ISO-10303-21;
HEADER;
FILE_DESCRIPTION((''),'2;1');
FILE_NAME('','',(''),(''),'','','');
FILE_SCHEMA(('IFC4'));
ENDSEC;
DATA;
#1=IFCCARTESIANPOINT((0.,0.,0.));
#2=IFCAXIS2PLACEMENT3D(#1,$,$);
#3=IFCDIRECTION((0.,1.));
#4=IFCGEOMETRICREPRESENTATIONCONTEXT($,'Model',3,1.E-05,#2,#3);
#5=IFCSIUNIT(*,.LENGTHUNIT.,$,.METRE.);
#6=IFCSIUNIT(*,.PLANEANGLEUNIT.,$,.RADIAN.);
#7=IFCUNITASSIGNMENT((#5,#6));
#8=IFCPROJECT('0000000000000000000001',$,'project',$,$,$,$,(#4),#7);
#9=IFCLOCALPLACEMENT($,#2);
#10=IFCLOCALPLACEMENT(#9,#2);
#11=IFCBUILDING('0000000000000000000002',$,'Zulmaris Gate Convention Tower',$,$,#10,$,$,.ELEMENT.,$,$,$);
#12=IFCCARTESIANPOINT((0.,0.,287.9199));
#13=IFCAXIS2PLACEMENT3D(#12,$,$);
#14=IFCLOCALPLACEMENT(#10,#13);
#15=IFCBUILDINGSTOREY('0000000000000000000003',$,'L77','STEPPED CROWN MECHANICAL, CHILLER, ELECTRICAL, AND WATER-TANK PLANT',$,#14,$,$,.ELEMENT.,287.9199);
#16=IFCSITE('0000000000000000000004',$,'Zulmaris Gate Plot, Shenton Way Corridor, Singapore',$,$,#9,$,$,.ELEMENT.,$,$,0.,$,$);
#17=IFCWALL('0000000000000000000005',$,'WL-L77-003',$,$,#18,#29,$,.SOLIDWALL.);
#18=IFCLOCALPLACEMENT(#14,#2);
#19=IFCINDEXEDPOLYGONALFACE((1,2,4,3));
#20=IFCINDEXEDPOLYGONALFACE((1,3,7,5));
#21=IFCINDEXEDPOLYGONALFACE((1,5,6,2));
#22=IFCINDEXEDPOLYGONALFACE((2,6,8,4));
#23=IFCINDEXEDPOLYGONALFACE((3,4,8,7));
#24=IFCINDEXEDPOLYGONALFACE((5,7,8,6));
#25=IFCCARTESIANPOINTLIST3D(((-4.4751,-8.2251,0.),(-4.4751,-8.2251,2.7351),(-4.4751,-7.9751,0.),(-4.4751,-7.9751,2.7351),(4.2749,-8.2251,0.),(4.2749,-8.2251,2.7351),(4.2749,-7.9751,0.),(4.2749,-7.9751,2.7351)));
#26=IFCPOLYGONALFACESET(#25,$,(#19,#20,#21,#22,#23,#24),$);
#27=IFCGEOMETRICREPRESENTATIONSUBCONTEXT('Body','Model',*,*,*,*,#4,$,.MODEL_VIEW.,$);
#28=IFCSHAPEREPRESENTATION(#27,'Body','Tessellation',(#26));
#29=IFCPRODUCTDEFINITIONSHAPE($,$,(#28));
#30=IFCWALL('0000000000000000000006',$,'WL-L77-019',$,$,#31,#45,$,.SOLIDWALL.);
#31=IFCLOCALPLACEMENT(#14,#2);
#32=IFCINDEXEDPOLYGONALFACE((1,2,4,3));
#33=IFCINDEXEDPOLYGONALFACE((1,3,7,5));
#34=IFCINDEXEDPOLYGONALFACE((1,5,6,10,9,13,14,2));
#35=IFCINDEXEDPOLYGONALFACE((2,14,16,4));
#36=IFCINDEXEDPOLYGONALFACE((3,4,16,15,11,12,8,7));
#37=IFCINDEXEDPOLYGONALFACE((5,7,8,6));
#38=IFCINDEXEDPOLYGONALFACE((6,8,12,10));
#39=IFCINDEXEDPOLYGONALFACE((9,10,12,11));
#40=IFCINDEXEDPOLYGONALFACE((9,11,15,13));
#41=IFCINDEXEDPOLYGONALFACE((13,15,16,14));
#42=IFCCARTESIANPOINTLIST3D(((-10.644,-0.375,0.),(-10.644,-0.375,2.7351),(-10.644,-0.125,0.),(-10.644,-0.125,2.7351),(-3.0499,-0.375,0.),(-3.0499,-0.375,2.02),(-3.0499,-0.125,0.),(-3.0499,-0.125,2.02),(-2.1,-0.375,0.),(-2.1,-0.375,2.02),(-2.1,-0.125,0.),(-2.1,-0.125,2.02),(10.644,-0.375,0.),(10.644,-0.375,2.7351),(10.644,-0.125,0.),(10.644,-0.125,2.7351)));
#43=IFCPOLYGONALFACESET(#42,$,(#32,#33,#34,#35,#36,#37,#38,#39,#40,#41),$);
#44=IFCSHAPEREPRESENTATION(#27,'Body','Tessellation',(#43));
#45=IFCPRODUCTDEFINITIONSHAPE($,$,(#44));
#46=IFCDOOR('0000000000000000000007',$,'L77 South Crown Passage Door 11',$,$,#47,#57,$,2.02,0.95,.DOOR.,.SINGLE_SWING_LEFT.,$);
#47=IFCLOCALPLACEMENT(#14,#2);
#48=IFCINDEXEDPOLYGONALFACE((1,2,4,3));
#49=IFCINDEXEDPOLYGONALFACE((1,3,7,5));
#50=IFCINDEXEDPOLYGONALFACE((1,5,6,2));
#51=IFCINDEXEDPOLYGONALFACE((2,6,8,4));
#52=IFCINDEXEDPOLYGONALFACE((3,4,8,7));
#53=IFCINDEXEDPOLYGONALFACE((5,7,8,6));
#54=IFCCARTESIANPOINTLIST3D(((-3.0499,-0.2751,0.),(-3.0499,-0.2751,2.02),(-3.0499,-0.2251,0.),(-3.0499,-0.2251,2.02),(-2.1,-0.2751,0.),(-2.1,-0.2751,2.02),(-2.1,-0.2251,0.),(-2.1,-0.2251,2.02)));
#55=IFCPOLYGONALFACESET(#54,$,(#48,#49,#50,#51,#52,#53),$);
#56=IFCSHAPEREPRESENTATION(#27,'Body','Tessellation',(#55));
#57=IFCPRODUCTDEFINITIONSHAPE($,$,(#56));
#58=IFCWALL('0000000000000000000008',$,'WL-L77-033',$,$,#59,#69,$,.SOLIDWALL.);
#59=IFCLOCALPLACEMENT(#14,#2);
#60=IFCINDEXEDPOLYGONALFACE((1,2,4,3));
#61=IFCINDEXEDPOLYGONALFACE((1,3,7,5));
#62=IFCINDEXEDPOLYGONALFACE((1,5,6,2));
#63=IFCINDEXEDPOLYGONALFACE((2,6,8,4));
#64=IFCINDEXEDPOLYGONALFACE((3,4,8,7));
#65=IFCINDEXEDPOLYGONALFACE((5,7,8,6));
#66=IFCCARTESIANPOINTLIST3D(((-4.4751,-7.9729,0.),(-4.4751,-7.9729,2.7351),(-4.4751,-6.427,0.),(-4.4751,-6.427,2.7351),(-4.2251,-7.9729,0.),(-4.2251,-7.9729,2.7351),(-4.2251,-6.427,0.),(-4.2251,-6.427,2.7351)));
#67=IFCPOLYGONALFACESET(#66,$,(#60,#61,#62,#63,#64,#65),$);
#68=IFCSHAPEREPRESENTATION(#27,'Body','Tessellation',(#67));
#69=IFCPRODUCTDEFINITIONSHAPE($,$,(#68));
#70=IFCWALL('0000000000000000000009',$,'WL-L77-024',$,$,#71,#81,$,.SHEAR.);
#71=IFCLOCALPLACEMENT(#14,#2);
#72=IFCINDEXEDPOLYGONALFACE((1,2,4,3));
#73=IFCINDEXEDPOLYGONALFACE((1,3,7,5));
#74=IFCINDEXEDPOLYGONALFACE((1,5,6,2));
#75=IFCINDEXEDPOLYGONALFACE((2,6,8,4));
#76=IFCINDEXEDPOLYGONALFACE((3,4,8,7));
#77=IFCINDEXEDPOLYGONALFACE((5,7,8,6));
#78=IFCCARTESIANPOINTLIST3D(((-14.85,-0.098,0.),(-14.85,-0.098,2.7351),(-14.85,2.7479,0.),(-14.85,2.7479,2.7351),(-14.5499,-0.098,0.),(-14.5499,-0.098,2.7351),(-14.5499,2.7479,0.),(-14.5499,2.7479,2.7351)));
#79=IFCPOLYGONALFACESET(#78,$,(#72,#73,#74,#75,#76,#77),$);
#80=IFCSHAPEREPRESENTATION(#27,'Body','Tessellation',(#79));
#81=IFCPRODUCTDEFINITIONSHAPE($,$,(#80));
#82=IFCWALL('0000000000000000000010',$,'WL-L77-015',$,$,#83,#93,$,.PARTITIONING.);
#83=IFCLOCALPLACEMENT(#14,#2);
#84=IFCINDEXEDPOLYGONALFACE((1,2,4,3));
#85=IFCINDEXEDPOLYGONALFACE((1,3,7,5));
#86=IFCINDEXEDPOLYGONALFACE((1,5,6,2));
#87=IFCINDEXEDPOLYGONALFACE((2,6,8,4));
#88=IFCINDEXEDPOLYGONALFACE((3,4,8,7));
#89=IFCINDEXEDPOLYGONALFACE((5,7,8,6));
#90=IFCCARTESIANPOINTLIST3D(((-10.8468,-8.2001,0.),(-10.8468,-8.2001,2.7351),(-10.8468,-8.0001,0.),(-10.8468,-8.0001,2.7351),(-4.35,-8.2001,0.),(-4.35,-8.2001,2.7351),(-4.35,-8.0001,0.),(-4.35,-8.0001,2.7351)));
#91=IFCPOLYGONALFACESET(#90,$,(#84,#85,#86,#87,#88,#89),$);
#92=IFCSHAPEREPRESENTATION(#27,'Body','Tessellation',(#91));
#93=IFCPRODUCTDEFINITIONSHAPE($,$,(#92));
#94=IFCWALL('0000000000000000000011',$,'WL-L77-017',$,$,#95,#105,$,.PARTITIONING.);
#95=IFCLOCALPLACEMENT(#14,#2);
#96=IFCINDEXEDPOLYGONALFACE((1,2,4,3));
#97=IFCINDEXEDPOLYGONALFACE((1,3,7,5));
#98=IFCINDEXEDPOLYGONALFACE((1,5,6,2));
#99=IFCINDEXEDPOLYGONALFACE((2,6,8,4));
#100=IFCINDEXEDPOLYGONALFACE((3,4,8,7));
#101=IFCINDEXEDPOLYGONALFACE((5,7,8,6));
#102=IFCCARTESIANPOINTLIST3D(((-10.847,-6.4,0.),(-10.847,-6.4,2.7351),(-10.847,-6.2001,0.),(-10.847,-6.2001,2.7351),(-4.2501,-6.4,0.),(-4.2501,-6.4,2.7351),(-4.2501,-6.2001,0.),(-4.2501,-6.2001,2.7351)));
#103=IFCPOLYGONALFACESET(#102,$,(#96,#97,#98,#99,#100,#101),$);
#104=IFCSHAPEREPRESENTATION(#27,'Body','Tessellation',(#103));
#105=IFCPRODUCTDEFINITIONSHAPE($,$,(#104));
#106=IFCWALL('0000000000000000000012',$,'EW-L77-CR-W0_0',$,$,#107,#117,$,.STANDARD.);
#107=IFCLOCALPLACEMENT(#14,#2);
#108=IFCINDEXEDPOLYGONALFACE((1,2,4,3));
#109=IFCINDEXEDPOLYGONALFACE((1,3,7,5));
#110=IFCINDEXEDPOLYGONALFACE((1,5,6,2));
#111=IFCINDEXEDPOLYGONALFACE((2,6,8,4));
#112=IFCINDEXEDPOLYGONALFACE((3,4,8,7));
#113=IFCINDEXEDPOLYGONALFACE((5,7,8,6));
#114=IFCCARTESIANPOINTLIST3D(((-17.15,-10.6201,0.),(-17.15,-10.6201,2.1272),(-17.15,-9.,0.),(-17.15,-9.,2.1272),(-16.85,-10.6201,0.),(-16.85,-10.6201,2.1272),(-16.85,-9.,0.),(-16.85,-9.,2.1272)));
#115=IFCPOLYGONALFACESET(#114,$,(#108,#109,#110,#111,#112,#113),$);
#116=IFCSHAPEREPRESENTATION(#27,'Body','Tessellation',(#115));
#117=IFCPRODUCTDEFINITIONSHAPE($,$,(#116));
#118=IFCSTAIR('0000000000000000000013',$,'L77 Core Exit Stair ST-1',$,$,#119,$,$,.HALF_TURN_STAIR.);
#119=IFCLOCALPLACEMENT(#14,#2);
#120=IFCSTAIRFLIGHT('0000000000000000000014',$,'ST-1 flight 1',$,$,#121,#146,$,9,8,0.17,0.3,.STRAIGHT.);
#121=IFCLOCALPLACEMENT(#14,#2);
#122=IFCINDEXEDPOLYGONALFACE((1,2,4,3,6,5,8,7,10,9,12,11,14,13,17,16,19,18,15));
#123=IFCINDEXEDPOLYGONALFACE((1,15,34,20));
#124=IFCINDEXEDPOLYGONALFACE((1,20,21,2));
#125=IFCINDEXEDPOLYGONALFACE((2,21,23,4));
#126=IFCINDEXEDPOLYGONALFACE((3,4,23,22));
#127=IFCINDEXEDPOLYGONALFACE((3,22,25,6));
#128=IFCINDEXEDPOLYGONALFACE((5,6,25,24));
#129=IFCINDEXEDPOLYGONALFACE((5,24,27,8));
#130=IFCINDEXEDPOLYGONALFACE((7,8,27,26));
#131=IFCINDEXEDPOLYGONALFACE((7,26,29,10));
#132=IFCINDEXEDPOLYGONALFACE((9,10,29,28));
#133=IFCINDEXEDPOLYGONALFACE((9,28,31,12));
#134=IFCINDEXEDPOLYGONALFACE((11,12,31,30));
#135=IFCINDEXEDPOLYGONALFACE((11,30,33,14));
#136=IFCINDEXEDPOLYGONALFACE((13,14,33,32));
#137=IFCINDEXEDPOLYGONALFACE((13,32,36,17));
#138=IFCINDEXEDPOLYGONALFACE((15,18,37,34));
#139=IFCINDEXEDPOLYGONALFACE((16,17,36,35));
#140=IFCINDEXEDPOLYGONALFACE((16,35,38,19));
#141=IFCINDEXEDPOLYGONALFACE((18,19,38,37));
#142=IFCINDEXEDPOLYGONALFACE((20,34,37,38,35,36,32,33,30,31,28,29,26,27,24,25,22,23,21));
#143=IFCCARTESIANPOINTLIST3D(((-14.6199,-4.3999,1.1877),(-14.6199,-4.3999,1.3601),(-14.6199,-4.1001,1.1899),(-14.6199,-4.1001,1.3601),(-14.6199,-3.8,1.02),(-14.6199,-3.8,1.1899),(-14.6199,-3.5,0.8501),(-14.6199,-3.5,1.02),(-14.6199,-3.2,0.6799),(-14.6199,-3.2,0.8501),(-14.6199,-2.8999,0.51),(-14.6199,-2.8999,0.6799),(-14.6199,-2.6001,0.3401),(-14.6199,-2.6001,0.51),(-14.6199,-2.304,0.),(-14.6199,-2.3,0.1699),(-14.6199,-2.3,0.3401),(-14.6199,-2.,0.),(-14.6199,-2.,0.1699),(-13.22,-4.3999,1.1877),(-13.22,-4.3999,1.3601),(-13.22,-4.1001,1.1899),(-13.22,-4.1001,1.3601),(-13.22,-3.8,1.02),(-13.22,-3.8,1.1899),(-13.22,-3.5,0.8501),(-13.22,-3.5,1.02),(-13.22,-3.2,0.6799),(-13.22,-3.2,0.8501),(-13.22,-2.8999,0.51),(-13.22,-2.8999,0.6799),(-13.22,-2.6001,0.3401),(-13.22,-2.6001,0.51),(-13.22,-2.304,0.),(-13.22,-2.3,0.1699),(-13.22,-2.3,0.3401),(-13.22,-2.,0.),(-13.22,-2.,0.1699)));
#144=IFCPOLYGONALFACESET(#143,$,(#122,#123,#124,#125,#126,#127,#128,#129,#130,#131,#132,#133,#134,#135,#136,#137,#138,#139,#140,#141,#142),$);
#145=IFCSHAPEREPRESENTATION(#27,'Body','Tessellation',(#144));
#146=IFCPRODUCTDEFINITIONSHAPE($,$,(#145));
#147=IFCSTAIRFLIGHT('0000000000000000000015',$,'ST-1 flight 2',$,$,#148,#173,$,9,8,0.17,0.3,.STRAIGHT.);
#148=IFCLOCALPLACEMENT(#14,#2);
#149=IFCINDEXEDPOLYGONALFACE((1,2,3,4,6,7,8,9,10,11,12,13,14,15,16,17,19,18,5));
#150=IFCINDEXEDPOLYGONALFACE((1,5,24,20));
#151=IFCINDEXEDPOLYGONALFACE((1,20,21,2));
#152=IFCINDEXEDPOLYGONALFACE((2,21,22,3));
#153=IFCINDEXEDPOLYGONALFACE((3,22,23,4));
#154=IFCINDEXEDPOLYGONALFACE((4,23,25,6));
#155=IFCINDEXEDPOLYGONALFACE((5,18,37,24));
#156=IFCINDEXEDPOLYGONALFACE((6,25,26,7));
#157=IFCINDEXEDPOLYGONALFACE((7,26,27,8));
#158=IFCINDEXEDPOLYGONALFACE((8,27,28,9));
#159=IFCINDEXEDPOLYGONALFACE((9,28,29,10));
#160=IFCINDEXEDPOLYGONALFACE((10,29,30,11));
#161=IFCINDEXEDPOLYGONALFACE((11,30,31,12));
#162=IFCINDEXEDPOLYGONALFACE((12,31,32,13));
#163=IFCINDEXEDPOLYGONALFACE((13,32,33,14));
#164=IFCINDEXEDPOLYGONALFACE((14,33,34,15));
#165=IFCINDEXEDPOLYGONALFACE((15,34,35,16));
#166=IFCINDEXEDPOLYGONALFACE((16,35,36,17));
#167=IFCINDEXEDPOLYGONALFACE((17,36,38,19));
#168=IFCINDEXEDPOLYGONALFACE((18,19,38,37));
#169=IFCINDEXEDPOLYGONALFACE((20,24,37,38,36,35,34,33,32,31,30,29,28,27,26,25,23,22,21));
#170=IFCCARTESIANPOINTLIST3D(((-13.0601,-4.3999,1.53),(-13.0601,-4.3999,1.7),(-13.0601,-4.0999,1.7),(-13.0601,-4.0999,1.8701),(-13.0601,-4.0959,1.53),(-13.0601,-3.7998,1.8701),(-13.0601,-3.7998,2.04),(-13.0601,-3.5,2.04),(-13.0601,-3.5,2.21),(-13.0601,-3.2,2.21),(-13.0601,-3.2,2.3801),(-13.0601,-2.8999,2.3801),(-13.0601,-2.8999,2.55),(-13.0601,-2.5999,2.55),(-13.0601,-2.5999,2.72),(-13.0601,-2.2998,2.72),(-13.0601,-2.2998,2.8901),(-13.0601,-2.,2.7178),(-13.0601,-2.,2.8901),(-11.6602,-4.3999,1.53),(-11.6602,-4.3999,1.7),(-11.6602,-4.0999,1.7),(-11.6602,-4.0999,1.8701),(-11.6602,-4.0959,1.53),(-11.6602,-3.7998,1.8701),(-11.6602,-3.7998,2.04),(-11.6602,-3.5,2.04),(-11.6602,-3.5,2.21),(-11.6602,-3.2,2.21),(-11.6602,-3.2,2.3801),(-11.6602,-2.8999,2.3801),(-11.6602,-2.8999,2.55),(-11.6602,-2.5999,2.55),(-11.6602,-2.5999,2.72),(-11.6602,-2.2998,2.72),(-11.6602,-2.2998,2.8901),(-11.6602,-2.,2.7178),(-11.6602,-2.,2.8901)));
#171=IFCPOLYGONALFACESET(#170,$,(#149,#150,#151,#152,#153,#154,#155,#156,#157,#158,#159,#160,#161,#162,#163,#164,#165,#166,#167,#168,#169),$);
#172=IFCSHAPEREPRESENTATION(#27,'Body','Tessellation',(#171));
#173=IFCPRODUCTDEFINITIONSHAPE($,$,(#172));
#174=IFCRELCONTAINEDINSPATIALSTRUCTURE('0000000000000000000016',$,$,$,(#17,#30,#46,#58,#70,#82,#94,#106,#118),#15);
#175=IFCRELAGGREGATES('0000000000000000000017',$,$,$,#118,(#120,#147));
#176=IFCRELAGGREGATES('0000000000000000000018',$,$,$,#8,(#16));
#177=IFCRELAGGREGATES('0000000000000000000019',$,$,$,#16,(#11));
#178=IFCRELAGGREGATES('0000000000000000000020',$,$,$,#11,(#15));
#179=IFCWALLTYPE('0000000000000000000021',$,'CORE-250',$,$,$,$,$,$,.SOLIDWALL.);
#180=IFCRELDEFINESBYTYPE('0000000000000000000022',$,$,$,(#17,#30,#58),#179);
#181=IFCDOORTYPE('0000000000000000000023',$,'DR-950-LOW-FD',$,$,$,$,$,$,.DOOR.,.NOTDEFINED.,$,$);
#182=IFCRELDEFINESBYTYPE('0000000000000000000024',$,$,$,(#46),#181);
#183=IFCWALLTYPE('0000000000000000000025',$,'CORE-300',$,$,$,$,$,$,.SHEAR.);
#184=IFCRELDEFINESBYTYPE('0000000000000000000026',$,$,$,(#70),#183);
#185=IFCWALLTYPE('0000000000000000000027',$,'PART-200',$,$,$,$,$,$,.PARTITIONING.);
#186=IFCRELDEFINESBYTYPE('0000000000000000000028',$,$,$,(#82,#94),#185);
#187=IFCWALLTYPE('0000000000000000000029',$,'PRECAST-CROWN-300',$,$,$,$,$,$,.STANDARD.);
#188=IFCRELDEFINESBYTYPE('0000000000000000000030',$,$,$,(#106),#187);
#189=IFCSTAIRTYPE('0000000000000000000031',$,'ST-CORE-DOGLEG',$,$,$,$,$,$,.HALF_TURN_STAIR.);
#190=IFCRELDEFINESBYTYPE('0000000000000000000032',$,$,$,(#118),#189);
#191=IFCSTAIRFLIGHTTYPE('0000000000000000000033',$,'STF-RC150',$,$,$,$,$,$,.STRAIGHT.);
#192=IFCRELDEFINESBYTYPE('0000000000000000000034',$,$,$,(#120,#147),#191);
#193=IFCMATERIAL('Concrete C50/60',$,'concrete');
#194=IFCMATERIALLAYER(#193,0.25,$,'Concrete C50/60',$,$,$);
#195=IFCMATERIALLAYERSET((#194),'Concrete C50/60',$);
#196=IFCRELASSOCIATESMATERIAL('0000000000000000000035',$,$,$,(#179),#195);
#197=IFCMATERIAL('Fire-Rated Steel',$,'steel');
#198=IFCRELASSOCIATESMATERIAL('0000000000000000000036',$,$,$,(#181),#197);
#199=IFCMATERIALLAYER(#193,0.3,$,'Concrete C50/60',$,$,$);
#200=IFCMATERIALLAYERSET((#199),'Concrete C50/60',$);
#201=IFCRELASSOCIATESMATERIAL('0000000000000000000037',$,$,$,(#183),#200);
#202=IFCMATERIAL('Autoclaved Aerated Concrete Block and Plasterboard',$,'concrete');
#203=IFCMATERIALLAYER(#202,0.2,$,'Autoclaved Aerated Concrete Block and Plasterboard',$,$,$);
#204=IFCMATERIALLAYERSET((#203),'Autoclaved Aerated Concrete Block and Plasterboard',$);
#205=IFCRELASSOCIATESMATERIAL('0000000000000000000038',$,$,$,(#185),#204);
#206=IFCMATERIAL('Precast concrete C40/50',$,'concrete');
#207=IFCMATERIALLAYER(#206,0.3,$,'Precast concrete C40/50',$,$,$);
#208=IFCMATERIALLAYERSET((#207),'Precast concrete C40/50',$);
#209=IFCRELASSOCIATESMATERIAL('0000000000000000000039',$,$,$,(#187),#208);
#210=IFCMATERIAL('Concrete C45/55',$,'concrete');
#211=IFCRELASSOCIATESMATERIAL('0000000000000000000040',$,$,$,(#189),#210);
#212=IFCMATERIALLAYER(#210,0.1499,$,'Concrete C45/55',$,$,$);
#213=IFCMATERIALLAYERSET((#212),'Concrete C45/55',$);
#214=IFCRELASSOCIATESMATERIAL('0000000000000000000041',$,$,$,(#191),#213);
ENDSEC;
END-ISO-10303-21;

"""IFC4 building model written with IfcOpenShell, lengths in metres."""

from ifc_helpers import new_model, si_unit, direction, frame, frame_2d, origin, place, context, subcontext, project, spatial, polyline, rectangle, outline, extrude, material, layer, layer_set, type_object, element, fill, aggregate, save


model = new_model("IFC4")

# Units and contexts
model_context = context("Model", 3, precision=1e-05, world=origin(), true_north=direction((0.0, 1.0)))
body_context = subcontext(model_context, "Body", "Model", "MODEL_VIEW")
ifc_project = project(units=[si_unit("LENGTHUNIT", "METRE"), si_unit("PLANEANGLEUNIT", "RADIAN")], contexts=[model_context])

# Site, building, storey
site_placement = place(None, origin())
site = spatial("IfcSite", under=ifc_project, at=site_placement, Name="Zulmaris Gate Plot, Shenton Way Corridor, Singapore", CompositionType="ELEMENT", RefElevation=0.0)
building_placement = place(site_placement, origin())
building = spatial("IfcBuilding", under=site, at=building_placement, Name="Zulmaris Gate Convention Tower", CompositionType="ELEMENT")
storey_placement = place(building_placement, frame((0.0, 0.0, 287.9199)))
storey = spatial("IfcBuildingStorey", under=building, at=storey_placement, Name="L77", Description="STEPPED CROWN MECHANICAL, CHILLER, ELECTRICAL, AND WATER-TANK PLANT", CompositionType="ELEMENT", Elevation=287.9199)

# Wall
ifc_material_1 = material(Name="Concrete C50/60", Category="concrete")
ifc_layer_1 = layer(ifc_material_1, 0.25, Name="Concrete C50/60")
ifc_layer_set_1 = layer_set([ifc_layer_1], Name="Concrete C50/60")
wall_type_1 = type_object("IfcWallType", Name="CORE-250", PredefinedType="SOLIDWALL", material=ifc_layer_set_1)
wall_1_placement = place(storey_placement, frame((-4.4751, -8.1001, 0.0), z_axis=(0.0, 0.0, 1.0), x_axis=(1.0, 0.0, 0.0)))
element("IfcWall", 1, at=wall_1_placement, inside=storey, type_object=wall_type_1, Name="WL-L77-003", PredefinedType="SOLIDWALL", context=body_context, shape_type="SweptSolid", body=[
    extrude(rectangle(XDim=8.75, YDim=0.25, at=frame_2d((4.375, 0.0))), origin(), (0.0, 0.0, 1.0), 2.7351),
])

# Wall, opening, door
ifc_material_2 = material(Name="Fire-Rated Steel", Category="steel")
wall_2_placement = place(storey_placement, frame((-10.644, -0.25, 0.0), z_axis=(0.0, 0.0, 1.0), x_axis=(1.0, 0.0, 0.0)))
wall_2 = element("IfcWall", 2, at=wall_2_placement, inside=storey, type_object=wall_type_1, Name="WL-L77-019", PredefinedType="SOLIDWALL", context=body_context, shape_type="SweptSolid", body=[
    extrude(rectangle(XDim=21.2881, YDim=0.25, at=frame_2d((10.644, 0.0))), origin(), (0.0, 0.0, 1.0), 2.7351),
])
opening_1_placement = place(wall_2_placement, frame((7.594, 0.0, 0.0)))
opening_1 = element("IfcOpeningElement", 3, at=opening_1_placement, cuts=wall_2, PredefinedType="OPENING", context=body_context, shape_type="SweptSolid", body=[
    extrude(rectangle(XDim=0.95, YDim=2.02, at=frame_2d((0.4751, 1.01))), frame((0.0, 0.135, 0.0), z_axis=(0.0, -1.0, 0.0), x_axis=(1.0, 0.0, 0.0)), (0.0, 0.0, 1.0), 0.27),
])
door_type_1 = type_object("IfcDoorType", Name="DR-950-LOW-FD", OperationType="NOTDEFINED", PredefinedType="DOOR", material=ifc_material_2)
door_1_placement = place(opening_1_placement, origin())
door_1 = element("IfcDoor", 4, at=door_1_placement, inside=storey, type_object=door_type_1, Name="L77 South Crown Passage Door 11", OperationType="SINGLE_SWING_LEFT", OverallHeight=2.02, OverallWidth=0.95, PredefinedType="DOOR", context=body_context, shape_type="SweptSolid", body=[
    extrude(rectangle(XDim=0.95, YDim=2.02, at=frame_2d((0.4751, 1.01))), frame((0.0, 0.0249, 0.0), z_axis=(0.0, -1.0, 0.0), x_axis=(1.0, 0.0, 0.0)), (0.0, 0.0, 1.0), 0.05),
])
fill(opening_1, door_1)

# Wall
wall_3_placement = place(storey_placement, frame((-4.3501, -7.9729, 0.0), z_axis=(0.0, 0.0, 1.0), x_axis=(0.0, 1.0, 0.0)))
element("IfcWall", 5, at=wall_3_placement, inside=storey, type_object=wall_type_1, Name="WL-L77-033", PredefinedType="SOLIDWALL", context=body_context, shape_type="SweptSolid", body=[
    extrude(rectangle(XDim=1.5459, YDim=0.25, at=frame_2d((0.7729, 0.0))), origin(), (0.0, 0.0, 1.0), 2.7351),
])

# Shared definitions
ifc_layer_2 = layer(ifc_material_1, 0.3, Name="Concrete C50/60")
ifc_layer_set_2 = layer_set([ifc_layer_2], Name="Concrete C50/60")
wall_type_2 = type_object("IfcWallType", Name="CORE-300", PredefinedType="SHEAR", material=ifc_layer_set_2)

# Walls
wall_4_placement = place(storey_placement, frame((-14.7, -0.0979, 0.0), z_axis=(0.0, 0.0, 1.0), x_axis=(0.0, 1.0, 0.0)))
element("IfcWall", 6, at=wall_4_placement, inside=storey, type_object=wall_type_2, Name="WL-L77-024", PredefinedType="SHEAR", context=body_context, shape_type="SweptSolid", body=[
    extrude(rectangle(XDim=2.8459, YDim=0.3, at=frame_2d((1.4229, 0.0))), origin(), (0.0, 0.0, 1.0), 2.7351),
])
ifc_material_3 = material(Name="Autoclaved Aerated Concrete Block and Plasterboard", Category="concrete")
ifc_layer_3 = layer(ifc_material_3, 0.2, Name="Autoclaved Aerated Concrete Block and Plasterboard")
ifc_layer_set_3 = layer_set([ifc_layer_3], Name="Autoclaved Aerated Concrete Block and Plasterboard")
wall_type_3 = type_object("IfcWallType", Name="PART-200", PredefinedType="PARTITIONING", material=ifc_layer_set_3)
wall_5_placement = place(storey_placement, frame((-10.8469, -8.1001, 0.0), z_axis=(0.0, 0.0, 1.0), x_axis=(1.0, 0.0, 0.0)))
element("IfcWall", 7, at=wall_5_placement, inside=storey, type_object=wall_type_3, Name="WL-L77-015", PredefinedType="PARTITIONING", context=body_context, shape_type="SweptSolid", body=[
    extrude(rectangle(XDim=6.4968, YDim=0.2, at=frame_2d((3.2485, 0.0))), origin(), (0.0, 0.0, 1.0), 2.7351),
])
wall_6_placement = place(storey_placement, frame((-10.8469, -6.3, 0.0), z_axis=(0.0, 0.0, 1.0), x_axis=(1.0, 0.0, 0.0)))
element("IfcWall", 8, at=wall_6_placement, inside=storey, type_object=wall_type_3, Name="WL-L77-017", PredefinedType="PARTITIONING", context=body_context, shape_type="SweptSolid", body=[
    extrude(rectangle(XDim=6.5969, YDim=0.2, at=frame_2d((3.2983, 0.0))), origin(), (0.0, 0.0, 1.0), 2.7351),
])

# Wall
ifc_material_4 = material(Name="Precast concrete C40/50", Category="concrete")
ifc_layer_4 = layer(ifc_material_4, 0.3, Name="Precast concrete C40/50")
ifc_layer_set_4 = layer_set([ifc_layer_4], Name="Precast concrete C40/50")
wall_type_4 = type_object("IfcWallType", Name="PRECAST-CROWN-300", PredefinedType="STANDARD", material=ifc_layer_set_4)
wall_7_placement = place(storey_placement, frame((-17.0, -9.0, 0.0), z_axis=(0.0, 0.0, 1.0), x_axis=(0.0, -1.0, 0.0)))
element("IfcWall", 9, at=wall_7_placement, inside=storey, type_object=wall_type_4, Name="EW-L77-CR-W0_0", PredefinedType="STANDARD", context=body_context, shape_type="SweptSolid", body=[
    extrude(rectangle(XDim=1.6201, YDim=0.3, at=frame_2d((0.8101, 0.0))), origin(), (0.0, 0.0, 1.0), 2.1272),
])

# Stair, stair flights
ifc_material_5 = material(Name="Concrete C45/55", Category="concrete")
stair_type_1 = type_object("IfcStairType", Name="ST-CORE-DOGLEG", PredefinedType="HALF_TURN_STAIR", material=ifc_material_5)
stair_1_placement = place(storey_placement, origin())
stair_1 = element("IfcStair", 10, at=stair_1_placement, inside=storey, type_object=stair_type_1, Name="L77 Core Exit Stair ST-1", PredefinedType="HALF_TURN_STAIR")
ifc_layer_5 = layer(ifc_material_5, 0.1499, Name="Concrete C45/55")
ifc_layer_set_5 = layer_set([ifc_layer_5], Name="Concrete C45/55")
stair_flight_type = type_object("IfcStairFlightType", Name="STF-RC150", PredefinedType="STRAIGHT", material=ifc_layer_set_5)
stair_flight_1_placement = place(storey_placement, frame((-13.9199, -2.0, 0.0), z_axis=(0.0, 0.0, 1.0), x_axis=(0.0, -1.0, 0.0)))
stair_flight_1 = element("IfcStairFlight", 11, at=stair_flight_1_placement, type_object=stair_flight_type, Name="ST-1 flight 1", NumberOfRisers=9, NumberOfTreads=8, PredefinedType="STRAIGHT", RiserHeight=0.17, TreadLength=0.3, context=body_context, shape_type="SweptSolid", body=[
    extrude(outline(polyline([(0.0, 0.0), (0.0, 0.1699), (0.3, 0.1699), (0.3, 0.3401), (0.6001, 0.3401), (0.6001, 0.51), (0.8999, 0.51), (0.8999, 0.6799), (1.2, 0.6799), (1.2, 0.8501), (1.5, 0.8501), (1.5, 1.02), (1.8, 1.02), (1.8, 1.1899), (2.1001, 1.1899), (2.1001, 1.3601), (2.3999, 1.3601), (2.3999, 1.53), (2.3999, 1.1877), (0.304, 0.0), (0.0, 0.0)])), frame((0.0, 0.7, 0.0), z_axis=(0.0, -1.0, 0.0), x_axis=(1.0, 0.0, 0.0)), (0.0, 0.0, 1.0), 1.3999),
])
stair_flight_2_placement = place(storey_placement, frame((-12.3601, -4.3999, 1.53), z_axis=(0.0, 0.0, 1.0), x_axis=(0.0, 1.0, 0.0)))
stair_flight_2 = element("IfcStairFlight", 12, at=stair_flight_2_placement, type_object=stair_flight_type, Name="ST-1 flight 2", NumberOfRisers=9, NumberOfTreads=8, PredefinedType="STRAIGHT", RiserHeight=0.17, TreadLength=0.3, context=body_context, shape_type="SweptSolid", body=[
    extrude(outline(polyline([(0.0, 0.0), (0.0, 0.1699), (0.3, 0.1699), (0.3, 0.3401), (0.6001, 0.3401), (0.6001, 0.51), (0.8999, 0.51), (0.8999, 0.6799), (1.2, 0.6799), (1.2, 0.8501), (1.5, 0.8501), (1.5, 1.02), (1.8, 1.02), (1.8, 1.1899), (2.1001, 1.1899), (2.1001, 1.3601), (2.3999, 1.3601), (2.3999, 1.53), (2.3999, 1.1877), (0.304, 0.0), (0.0, 0.0)])), frame((0.0, 0.7, 0.0), z_axis=(0.0, -1.0, 0.0), x_axis=(1.0, 0.0, 0.0)), (0.0, 0.0, 1.0), 1.3999),
])
aggregate(stair_1, [stair_flight_1, stair_flight_2])

save(model, "model.ifc")
